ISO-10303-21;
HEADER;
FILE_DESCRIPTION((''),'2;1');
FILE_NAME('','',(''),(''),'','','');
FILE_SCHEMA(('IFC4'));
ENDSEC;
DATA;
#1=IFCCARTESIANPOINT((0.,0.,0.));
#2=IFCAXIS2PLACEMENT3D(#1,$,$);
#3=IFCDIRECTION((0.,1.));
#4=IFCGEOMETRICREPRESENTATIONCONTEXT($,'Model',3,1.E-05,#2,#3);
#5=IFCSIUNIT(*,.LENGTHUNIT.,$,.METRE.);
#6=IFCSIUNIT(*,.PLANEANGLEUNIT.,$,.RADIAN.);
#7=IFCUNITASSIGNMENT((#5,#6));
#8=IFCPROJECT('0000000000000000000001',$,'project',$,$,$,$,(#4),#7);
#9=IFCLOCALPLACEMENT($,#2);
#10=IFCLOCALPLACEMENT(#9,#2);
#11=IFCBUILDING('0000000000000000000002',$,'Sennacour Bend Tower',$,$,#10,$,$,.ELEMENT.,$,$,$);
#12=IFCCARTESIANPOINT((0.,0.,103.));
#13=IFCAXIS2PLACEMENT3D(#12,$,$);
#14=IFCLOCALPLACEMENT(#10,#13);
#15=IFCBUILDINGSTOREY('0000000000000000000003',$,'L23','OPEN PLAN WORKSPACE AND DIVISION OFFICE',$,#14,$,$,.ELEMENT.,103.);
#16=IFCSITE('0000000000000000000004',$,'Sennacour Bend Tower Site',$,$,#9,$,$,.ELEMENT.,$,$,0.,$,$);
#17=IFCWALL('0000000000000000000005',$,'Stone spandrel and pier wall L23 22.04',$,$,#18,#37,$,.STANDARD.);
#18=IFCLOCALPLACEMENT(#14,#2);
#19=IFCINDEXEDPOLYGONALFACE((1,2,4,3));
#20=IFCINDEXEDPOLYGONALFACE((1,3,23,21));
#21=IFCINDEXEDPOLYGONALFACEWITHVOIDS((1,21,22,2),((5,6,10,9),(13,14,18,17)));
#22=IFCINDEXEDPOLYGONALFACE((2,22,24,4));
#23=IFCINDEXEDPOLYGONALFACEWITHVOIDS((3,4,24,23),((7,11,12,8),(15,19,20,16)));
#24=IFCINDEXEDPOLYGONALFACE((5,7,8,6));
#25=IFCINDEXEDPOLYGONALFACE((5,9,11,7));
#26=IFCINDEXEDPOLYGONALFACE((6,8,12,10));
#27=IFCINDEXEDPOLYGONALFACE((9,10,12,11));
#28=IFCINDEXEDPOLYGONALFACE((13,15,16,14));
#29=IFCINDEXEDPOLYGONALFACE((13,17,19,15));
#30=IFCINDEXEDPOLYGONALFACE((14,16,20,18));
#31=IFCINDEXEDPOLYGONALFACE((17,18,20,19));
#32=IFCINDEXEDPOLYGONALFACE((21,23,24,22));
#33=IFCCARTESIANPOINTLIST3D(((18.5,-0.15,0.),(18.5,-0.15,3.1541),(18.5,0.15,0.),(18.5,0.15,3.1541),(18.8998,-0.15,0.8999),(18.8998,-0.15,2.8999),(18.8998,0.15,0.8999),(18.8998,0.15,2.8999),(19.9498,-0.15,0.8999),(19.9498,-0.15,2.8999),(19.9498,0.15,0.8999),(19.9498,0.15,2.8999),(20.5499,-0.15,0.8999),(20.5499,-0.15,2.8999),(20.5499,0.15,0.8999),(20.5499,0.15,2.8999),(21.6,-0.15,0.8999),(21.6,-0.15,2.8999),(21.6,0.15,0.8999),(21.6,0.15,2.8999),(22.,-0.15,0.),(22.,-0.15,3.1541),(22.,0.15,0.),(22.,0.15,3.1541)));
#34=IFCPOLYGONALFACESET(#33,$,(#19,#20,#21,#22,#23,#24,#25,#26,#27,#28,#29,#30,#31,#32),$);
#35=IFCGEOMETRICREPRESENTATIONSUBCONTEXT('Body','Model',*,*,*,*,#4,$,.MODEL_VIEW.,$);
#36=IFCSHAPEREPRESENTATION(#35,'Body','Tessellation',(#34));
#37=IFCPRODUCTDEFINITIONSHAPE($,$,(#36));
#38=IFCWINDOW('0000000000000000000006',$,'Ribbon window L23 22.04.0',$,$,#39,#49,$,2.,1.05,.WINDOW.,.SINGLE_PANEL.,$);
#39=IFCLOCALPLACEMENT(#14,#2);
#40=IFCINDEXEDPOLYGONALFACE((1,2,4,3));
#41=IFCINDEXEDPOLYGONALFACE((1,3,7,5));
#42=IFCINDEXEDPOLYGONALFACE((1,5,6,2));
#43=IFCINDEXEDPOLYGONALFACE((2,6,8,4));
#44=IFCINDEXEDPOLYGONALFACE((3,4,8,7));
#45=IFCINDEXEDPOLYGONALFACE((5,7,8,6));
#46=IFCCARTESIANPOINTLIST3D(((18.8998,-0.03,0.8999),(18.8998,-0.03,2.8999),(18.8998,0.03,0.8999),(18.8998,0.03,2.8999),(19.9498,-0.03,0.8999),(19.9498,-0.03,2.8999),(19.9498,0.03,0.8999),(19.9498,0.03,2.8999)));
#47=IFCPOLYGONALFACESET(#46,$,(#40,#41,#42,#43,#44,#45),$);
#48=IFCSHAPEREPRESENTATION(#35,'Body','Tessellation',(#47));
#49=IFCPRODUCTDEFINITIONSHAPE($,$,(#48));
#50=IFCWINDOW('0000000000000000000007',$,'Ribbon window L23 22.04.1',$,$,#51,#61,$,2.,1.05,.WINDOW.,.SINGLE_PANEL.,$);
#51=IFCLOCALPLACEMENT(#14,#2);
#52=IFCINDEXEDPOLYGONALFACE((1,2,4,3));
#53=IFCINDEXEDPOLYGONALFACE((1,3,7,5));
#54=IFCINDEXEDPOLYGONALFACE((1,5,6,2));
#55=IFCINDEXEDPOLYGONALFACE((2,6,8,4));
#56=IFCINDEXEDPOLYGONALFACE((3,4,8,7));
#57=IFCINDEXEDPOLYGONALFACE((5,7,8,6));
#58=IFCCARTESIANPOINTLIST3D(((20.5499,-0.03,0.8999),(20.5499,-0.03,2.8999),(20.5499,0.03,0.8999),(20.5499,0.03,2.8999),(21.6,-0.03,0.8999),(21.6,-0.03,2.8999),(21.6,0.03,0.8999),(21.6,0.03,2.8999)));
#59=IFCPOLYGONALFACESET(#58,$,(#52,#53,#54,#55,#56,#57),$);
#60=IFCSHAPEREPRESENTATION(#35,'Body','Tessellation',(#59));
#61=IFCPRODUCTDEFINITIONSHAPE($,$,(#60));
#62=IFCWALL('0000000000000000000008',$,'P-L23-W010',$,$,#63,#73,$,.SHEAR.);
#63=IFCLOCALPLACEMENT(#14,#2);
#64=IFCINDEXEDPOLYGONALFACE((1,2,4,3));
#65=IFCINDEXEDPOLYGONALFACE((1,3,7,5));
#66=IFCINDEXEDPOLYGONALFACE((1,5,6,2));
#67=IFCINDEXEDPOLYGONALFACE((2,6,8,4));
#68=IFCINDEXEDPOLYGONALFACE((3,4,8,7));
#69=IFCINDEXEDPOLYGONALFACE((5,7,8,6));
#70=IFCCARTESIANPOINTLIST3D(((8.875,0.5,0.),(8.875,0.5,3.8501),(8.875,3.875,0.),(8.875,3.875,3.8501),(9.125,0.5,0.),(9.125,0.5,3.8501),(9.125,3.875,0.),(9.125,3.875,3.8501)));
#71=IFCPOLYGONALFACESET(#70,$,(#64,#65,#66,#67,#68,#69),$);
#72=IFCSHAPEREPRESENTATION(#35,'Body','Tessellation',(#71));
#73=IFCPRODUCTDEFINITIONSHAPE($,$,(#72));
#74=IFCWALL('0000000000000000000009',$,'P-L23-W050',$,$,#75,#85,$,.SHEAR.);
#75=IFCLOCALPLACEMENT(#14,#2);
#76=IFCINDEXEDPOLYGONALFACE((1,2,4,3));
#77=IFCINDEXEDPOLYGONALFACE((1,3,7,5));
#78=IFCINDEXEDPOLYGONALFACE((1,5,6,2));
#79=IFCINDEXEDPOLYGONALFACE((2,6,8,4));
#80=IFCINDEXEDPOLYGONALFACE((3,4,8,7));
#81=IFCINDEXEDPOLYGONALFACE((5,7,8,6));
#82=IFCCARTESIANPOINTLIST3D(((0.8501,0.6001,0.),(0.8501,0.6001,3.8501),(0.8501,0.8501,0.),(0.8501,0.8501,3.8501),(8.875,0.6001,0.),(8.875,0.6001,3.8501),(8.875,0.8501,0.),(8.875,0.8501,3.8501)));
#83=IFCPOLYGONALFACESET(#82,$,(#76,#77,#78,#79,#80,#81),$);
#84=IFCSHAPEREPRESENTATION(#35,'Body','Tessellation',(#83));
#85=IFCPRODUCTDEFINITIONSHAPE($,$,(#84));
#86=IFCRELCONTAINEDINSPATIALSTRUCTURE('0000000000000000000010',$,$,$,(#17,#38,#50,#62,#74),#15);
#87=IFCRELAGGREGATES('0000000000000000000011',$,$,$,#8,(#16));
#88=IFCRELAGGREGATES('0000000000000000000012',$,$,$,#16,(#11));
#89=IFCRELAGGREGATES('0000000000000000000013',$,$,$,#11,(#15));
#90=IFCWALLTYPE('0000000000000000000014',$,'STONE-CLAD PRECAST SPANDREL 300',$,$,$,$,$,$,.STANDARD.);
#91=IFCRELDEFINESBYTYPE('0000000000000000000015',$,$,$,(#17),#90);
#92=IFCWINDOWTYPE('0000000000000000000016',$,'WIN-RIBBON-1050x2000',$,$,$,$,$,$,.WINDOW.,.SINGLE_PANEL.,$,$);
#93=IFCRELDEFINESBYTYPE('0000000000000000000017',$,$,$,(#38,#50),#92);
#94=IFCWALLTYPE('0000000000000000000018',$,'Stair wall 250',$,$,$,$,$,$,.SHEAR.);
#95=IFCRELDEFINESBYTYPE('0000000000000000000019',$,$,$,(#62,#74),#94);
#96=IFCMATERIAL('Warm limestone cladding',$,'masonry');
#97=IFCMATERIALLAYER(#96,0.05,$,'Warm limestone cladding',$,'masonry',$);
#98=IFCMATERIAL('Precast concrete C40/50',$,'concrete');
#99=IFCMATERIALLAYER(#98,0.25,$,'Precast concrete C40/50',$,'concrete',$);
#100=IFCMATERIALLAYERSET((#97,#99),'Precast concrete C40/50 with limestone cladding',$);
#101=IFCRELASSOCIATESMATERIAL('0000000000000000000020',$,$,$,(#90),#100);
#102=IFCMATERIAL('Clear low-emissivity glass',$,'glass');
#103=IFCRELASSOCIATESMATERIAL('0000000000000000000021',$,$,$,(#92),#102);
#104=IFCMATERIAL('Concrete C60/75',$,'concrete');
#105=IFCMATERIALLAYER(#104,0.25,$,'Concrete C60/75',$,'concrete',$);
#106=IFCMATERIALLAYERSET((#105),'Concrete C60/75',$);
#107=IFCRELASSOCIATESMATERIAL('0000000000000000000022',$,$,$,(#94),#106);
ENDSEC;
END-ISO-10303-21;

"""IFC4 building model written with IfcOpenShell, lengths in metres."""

from ifc_helpers import new_model, si_unit, direction, frame, frame_2d, origin, place, context, subcontext, project, spatial, rectangle, extrude, material, layer, layer_set, type_object, element, fill, save


model = new_model("IFC4")

# Units and contexts
model_context = context("Model", 3, precision=1e-05, world=origin(), true_north=direction((0.0, 1.0)))
body_context = subcontext(model_context, "Body", "Model", "MODEL_VIEW")
ifc_project = project(units=[si_unit("LENGTHUNIT", "METRE"), si_unit("PLANEANGLEUNIT", "RADIAN")], contexts=[model_context])

# Site, building, storey
site_placement = place(None, origin())
site = spatial("IfcSite", under=ifc_project, at=site_placement, Name="Sennacour Bend Tower Site", CompositionType="ELEMENT", RefElevation=0.0)
building_placement = place(site_placement, origin())
building = spatial("IfcBuilding", under=site, at=building_placement, Name="Sennacour Bend Tower", CompositionType="ELEMENT")
storey_placement = place(building_placement, frame((0.0, 0.0, 103.0)))
storey = spatial("IfcBuildingStorey", under=building, at=storey_placement, Name="L23", Description="OPEN PLAN WORKSPACE AND DIVISION OFFICE", CompositionType="ELEMENT", Elevation=103.0)

# Wall, openings, windows
ifc_material_1 = material(Name="Warm limestone cladding", Category="masonry")
ifc_layer_1 = layer(ifc_material_1, 0.05, Name="Warm limestone cladding", Category="masonry")
ifc_material_2 = material(Name="Precast concrete C40/50", Category="concrete")
ifc_layer_2 = layer(ifc_material_2, 0.25, Name="Precast concrete C40/50", Category="concrete")
ifc_layer_set_1 = layer_set([ifc_layer_1, ifc_layer_2], Name="Precast concrete C40/50 with limestone cladding")
wall_type_1 = type_object("IfcWallType", Name="STONE-CLAD PRECAST SPANDREL 300", PredefinedType="STANDARD", material=ifc_layer_set_1)
ifc_material_3 = material(Name="Clear low-emissivity glass", Category="glass")
window_type = type_object("IfcWindowType", Name="WIN-RIBBON-1050x2000", PartitioningType="SINGLE_PANEL", PredefinedType="WINDOW", material=ifc_material_3)
wall_1_placement = place(storey_placement, frame((18.5, 0.0, 0.0), z_axis=(0.0, 0.0, 1.0), x_axis=(1.0, 0.0, 0.0)))
wall_1 = element("IfcWall", 1, at=wall_1_placement, inside=storey, type_object=wall_type_1, Name="Stone spandrel and pier wall L23 22.04", PredefinedType="STANDARD", context=body_context, shape_type="SweptSolid", body=[
    extrude(rectangle(XDim=3.5, YDim=0.3, at=frame_2d((1.75, 0.0))), origin(), (0.0, 0.0, 1.0), 3.1541),
])
opening_1_placement = place(wall_1_placement, frame((0.3999, 0.0, 0.8999)))
opening_1 = element("IfcOpeningElement", 2, at=opening_1_placement, cuts=wall_1, PredefinedType="OPENING", context=body_context, shape_type="SweptSolid", body=[
    extrude(rectangle(XDim=1.05, YDim=2.0, at=frame_2d((0.5249, 1.0))), frame((0.0, 0.1602, 0.0), z_axis=(0.0, -1.0, 0.0), x_axis=(1.0, 0.0, 0.0)), (0.0, 0.0, 1.0), 0.3201),
])
opening_2_placement = place(wall_1_placement, frame((2.05, 0.0, 0.8999)))
opening_2 = element("IfcOpeningElement", 3, at=opening_2_placement, cuts=wall_1, PredefinedType="OPENING", context=body_context, shape_type="SweptSolid", body=[
    extrude(rectangle(XDim=1.05, YDim=2.0, at=frame_2d((0.5249, 1.0))), frame((0.0, 0.1602, 0.0), z_axis=(0.0, -1.0, 0.0), x_axis=(1.0, 0.0, 0.0)), (0.0, 0.0, 1.0), 0.3201),
])
window_1_placement = place(opening_1_placement, origin())
window_1 = element("IfcWindow", 4, at=window_1_placement, inside=storey, type_object=window_type, Name="Ribbon window L23 22.04.0", OverallHeight=2.0, OverallWidth=1.05, PartitioningType="SINGLE_PANEL", PredefinedType="WINDOW", context=body_context, shape_type="SweptSolid", body=[
    extrude(rectangle(XDim=1.05, YDim=2.0, at=frame_2d((0.5249, 1.0))), frame((0.0, 0.03, 0.0), z_axis=(0.0, -1.0, 0.0), x_axis=(1.0, 0.0, 0.0)), (0.0, 0.0, 1.0), 0.0601),
])
fill(opening_1, window_1)
window_2_placement = place(opening_2_placement, origin())
window_2 = element("IfcWindow", 5, at=window_2_placement, inside=storey, type_object=window_type, Name="Ribbon window L23 22.04.1", OverallHeight=2.0, OverallWidth=1.05, PartitioningType="SINGLE_PANEL", PredefinedType="WINDOW", context=body_context, shape_type="SweptSolid", body=[
    extrude(rectangle(XDim=1.05, YDim=2.0, at=frame_2d((0.5249, 1.0))), frame((0.0, 0.03, 0.0), z_axis=(0.0, -1.0, 0.0), x_axis=(1.0, 0.0, 0.0)), (0.0, 0.0, 1.0), 0.0601),
])
fill(opening_2, window_2)

# Walls
ifc_material_4 = material(Name="Concrete C60/75", Category="concrete")
ifc_layer_3 = layer(ifc_material_4, 0.25, Name="Concrete C60/75", Category="concrete")
ifc_layer_set_2 = layer_set([ifc_layer_3], Name="Concrete C60/75")
wall_type_2 = type_object("IfcWallType", Name="Stair wall 250", PredefinedType="SHEAR", material=ifc_layer_set_2)
wall_2_placement = place(storey_placement, frame((9.0, 0.5, 0.0), z_axis=(0.0, 0.0, 1.0), x_axis=(0.0, 1.0, 0.0)))
element("IfcWall", 6, at=wall_2_placement, inside=storey, type_object=wall_type_2, Name="P-L23-W010", PredefinedType="SHEAR", context=body_context, shape_type="SweptSolid", body=[
    extrude(rectangle(XDim=3.375, YDim=0.25, at=frame_2d((1.6875, 0.0))), origin(), (0.0, 0.0, 1.0), 3.8501),
])
wall_3_placement = place(storey_placement, frame((0.8501, 0.7251, 0.0), z_axis=(0.0, 0.0, 1.0), x_axis=(1.0, 0.0, 0.0)))
element("IfcWall", 7, at=wall_3_placement, inside=storey, type_object=wall_type_2, Name="P-L23-W050", PredefinedType="SHEAR", context=body_context, shape_type="SweptSolid", body=[
    extrude(rectangle(XDim=8.0249, YDim=0.25, at=frame_2d((4.0125, 0.0))), origin(), (0.0, 0.0, 1.0), 3.8501),
])

save(model, "model.ifc")
